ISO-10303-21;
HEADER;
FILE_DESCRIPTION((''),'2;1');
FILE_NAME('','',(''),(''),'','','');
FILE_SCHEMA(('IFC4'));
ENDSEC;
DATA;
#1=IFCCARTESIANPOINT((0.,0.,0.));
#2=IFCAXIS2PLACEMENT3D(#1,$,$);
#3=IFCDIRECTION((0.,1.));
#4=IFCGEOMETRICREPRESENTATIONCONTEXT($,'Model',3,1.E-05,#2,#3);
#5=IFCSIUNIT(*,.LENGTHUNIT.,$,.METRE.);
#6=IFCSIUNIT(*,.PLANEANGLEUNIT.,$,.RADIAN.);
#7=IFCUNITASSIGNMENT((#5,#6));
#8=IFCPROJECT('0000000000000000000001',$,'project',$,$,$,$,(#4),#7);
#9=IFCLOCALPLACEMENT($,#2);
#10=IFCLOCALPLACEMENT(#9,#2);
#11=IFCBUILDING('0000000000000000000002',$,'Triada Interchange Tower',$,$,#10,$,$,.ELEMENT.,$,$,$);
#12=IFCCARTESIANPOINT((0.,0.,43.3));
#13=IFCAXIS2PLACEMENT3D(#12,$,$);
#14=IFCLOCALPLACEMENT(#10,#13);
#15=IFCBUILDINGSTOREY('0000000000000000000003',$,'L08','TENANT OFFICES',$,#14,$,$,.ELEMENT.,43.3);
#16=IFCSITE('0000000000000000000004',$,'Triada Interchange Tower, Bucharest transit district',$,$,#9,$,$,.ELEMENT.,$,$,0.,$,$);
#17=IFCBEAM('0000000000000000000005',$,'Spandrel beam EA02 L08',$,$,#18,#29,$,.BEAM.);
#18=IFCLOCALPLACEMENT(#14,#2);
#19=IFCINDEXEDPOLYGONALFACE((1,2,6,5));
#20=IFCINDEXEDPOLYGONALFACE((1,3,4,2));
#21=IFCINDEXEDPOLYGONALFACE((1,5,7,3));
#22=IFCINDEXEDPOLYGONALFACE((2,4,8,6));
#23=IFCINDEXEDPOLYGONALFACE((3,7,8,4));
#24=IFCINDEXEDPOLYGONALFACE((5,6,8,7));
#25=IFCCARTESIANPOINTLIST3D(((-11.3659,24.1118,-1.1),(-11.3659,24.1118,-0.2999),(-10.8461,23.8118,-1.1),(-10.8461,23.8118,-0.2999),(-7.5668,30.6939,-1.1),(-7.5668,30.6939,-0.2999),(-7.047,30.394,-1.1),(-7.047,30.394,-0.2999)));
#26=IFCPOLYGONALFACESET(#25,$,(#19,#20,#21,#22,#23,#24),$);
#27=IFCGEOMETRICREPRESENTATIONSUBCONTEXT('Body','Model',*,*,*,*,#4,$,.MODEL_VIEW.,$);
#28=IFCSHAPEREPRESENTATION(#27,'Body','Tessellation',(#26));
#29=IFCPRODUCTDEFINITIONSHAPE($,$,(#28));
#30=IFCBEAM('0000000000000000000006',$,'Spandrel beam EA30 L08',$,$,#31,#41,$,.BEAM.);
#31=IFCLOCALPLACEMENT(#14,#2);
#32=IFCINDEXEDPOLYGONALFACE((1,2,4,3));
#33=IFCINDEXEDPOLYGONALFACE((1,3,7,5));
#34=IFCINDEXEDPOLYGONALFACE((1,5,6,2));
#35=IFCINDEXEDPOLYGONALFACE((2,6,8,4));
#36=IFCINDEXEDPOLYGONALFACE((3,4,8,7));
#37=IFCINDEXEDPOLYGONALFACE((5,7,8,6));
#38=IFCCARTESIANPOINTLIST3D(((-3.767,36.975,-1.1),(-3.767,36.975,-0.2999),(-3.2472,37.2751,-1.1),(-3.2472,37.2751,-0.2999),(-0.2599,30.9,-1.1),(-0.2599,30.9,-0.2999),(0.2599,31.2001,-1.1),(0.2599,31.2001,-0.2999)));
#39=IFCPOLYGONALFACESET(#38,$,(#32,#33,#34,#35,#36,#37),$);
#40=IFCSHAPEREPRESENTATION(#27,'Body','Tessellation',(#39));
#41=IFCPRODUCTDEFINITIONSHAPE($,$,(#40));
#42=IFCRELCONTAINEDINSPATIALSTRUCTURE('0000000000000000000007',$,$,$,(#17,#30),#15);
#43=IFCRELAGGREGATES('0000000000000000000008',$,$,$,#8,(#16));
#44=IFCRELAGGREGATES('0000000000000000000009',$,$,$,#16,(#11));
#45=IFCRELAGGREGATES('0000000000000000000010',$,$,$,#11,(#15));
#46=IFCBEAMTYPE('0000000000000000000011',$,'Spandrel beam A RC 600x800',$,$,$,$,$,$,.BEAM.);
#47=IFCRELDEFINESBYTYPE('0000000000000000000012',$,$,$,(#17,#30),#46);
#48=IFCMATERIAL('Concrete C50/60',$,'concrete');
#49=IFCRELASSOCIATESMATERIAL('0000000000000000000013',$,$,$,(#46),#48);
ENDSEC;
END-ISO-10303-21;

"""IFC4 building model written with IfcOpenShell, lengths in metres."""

from ifc_helpers import new_model, si_unit, direction, frame, origin, origin_2d, place, context, subcontext, project, spatial, rectangle, extrude, material, material_profile, profile_set, type_object, element, save


model = new_model("IFC4")

# Units and contexts
model_context = context("Model", 3, precision=1e-05, world=origin(), true_north=direction((0.0, 1.0)))
body_context = subcontext(model_context, "Body", "Model", "MODEL_VIEW")
ifc_project = project(units=[si_unit("LENGTHUNIT", "METRE"), si_unit("PLANEANGLEUNIT", "RADIAN")], contexts=[model_context])

# Site, building, storey
site_placement = place(None, origin())
site = spatial("IfcSite", under=ifc_project, at=site_placement, Name="Triada Interchange Tower, Bucharest transit district", CompositionType="ELEMENT", RefElevation=0.0)
building_placement = place(site_placement, origin())
building = spatial("IfcBuilding", under=site, at=building_placement, Name="Triada Interchange Tower", CompositionType="ELEMENT")
storey_placement = place(building_placement, frame((0.0, 0.0, 43.3)))
storey = spatial("IfcBuildingStorey", under=building, at=storey_placement, Name="L08", Description="TENANT OFFICES", CompositionType="ELEMENT", Elevation=43.3)

# Beams
ifc_material_1 = material(Name="Concrete C50/60", Category="concrete")
ifc_material_profile_1 = material_profile(ifc_material_1, rectangle(XDim=0.6001, YDim=0.8, at=origin_2d()), Name="RC 600x800")
ifc_profile_set_1 = profile_set([ifc_material_profile_1], Name="Concrete C50/60")
beam_type_1 = type_object("IfcBeamType", Name="Spandrel beam A RC 600x800", PredefinedType="BEAM", material=ifc_profile_set_1)
beam_1_placement = place(storey_placement, frame((-7.3069, 30.5439, -0.7), z_axis=(-0.499895, -0.866086, 0.0), x_axis=(0.866086, -0.499895, 0.0)))
element("IfcBeam", 1, at=beam_1_placement, inside=storey, type_object=beam_type_1, Name="Spandrel beam EA02 L08", PredefinedType="BEAM", context=body_context, shape_type="SweptSolid", body=[
    extrude(rectangle(XDim=0.6001, YDim=0.8, at=origin_2d()), origin(), (0.0, 0.0, 1.0), 7.5999),
])
beam_2_placement = place(storey_placement, frame((0.0, 31.05, -0.7), z_axis=(-0.499968, 0.866044, 0.0), x_axis=(-0.866044, -0.499968, 0.0)))
element("IfcBeam", 2, at=beam_2_placement, inside=storey, type_object=beam_type_1, Name="Spandrel beam EA30 L08", PredefinedType="BEAM", context=body_context, shape_type="SweptSolid", body=[
    extrude(rectangle(XDim=0.6001, YDim=0.8, at=origin_2d()), origin(), (0.0, 0.0, 1.0), 7.0146),
])

save(model, "model.ifc")
